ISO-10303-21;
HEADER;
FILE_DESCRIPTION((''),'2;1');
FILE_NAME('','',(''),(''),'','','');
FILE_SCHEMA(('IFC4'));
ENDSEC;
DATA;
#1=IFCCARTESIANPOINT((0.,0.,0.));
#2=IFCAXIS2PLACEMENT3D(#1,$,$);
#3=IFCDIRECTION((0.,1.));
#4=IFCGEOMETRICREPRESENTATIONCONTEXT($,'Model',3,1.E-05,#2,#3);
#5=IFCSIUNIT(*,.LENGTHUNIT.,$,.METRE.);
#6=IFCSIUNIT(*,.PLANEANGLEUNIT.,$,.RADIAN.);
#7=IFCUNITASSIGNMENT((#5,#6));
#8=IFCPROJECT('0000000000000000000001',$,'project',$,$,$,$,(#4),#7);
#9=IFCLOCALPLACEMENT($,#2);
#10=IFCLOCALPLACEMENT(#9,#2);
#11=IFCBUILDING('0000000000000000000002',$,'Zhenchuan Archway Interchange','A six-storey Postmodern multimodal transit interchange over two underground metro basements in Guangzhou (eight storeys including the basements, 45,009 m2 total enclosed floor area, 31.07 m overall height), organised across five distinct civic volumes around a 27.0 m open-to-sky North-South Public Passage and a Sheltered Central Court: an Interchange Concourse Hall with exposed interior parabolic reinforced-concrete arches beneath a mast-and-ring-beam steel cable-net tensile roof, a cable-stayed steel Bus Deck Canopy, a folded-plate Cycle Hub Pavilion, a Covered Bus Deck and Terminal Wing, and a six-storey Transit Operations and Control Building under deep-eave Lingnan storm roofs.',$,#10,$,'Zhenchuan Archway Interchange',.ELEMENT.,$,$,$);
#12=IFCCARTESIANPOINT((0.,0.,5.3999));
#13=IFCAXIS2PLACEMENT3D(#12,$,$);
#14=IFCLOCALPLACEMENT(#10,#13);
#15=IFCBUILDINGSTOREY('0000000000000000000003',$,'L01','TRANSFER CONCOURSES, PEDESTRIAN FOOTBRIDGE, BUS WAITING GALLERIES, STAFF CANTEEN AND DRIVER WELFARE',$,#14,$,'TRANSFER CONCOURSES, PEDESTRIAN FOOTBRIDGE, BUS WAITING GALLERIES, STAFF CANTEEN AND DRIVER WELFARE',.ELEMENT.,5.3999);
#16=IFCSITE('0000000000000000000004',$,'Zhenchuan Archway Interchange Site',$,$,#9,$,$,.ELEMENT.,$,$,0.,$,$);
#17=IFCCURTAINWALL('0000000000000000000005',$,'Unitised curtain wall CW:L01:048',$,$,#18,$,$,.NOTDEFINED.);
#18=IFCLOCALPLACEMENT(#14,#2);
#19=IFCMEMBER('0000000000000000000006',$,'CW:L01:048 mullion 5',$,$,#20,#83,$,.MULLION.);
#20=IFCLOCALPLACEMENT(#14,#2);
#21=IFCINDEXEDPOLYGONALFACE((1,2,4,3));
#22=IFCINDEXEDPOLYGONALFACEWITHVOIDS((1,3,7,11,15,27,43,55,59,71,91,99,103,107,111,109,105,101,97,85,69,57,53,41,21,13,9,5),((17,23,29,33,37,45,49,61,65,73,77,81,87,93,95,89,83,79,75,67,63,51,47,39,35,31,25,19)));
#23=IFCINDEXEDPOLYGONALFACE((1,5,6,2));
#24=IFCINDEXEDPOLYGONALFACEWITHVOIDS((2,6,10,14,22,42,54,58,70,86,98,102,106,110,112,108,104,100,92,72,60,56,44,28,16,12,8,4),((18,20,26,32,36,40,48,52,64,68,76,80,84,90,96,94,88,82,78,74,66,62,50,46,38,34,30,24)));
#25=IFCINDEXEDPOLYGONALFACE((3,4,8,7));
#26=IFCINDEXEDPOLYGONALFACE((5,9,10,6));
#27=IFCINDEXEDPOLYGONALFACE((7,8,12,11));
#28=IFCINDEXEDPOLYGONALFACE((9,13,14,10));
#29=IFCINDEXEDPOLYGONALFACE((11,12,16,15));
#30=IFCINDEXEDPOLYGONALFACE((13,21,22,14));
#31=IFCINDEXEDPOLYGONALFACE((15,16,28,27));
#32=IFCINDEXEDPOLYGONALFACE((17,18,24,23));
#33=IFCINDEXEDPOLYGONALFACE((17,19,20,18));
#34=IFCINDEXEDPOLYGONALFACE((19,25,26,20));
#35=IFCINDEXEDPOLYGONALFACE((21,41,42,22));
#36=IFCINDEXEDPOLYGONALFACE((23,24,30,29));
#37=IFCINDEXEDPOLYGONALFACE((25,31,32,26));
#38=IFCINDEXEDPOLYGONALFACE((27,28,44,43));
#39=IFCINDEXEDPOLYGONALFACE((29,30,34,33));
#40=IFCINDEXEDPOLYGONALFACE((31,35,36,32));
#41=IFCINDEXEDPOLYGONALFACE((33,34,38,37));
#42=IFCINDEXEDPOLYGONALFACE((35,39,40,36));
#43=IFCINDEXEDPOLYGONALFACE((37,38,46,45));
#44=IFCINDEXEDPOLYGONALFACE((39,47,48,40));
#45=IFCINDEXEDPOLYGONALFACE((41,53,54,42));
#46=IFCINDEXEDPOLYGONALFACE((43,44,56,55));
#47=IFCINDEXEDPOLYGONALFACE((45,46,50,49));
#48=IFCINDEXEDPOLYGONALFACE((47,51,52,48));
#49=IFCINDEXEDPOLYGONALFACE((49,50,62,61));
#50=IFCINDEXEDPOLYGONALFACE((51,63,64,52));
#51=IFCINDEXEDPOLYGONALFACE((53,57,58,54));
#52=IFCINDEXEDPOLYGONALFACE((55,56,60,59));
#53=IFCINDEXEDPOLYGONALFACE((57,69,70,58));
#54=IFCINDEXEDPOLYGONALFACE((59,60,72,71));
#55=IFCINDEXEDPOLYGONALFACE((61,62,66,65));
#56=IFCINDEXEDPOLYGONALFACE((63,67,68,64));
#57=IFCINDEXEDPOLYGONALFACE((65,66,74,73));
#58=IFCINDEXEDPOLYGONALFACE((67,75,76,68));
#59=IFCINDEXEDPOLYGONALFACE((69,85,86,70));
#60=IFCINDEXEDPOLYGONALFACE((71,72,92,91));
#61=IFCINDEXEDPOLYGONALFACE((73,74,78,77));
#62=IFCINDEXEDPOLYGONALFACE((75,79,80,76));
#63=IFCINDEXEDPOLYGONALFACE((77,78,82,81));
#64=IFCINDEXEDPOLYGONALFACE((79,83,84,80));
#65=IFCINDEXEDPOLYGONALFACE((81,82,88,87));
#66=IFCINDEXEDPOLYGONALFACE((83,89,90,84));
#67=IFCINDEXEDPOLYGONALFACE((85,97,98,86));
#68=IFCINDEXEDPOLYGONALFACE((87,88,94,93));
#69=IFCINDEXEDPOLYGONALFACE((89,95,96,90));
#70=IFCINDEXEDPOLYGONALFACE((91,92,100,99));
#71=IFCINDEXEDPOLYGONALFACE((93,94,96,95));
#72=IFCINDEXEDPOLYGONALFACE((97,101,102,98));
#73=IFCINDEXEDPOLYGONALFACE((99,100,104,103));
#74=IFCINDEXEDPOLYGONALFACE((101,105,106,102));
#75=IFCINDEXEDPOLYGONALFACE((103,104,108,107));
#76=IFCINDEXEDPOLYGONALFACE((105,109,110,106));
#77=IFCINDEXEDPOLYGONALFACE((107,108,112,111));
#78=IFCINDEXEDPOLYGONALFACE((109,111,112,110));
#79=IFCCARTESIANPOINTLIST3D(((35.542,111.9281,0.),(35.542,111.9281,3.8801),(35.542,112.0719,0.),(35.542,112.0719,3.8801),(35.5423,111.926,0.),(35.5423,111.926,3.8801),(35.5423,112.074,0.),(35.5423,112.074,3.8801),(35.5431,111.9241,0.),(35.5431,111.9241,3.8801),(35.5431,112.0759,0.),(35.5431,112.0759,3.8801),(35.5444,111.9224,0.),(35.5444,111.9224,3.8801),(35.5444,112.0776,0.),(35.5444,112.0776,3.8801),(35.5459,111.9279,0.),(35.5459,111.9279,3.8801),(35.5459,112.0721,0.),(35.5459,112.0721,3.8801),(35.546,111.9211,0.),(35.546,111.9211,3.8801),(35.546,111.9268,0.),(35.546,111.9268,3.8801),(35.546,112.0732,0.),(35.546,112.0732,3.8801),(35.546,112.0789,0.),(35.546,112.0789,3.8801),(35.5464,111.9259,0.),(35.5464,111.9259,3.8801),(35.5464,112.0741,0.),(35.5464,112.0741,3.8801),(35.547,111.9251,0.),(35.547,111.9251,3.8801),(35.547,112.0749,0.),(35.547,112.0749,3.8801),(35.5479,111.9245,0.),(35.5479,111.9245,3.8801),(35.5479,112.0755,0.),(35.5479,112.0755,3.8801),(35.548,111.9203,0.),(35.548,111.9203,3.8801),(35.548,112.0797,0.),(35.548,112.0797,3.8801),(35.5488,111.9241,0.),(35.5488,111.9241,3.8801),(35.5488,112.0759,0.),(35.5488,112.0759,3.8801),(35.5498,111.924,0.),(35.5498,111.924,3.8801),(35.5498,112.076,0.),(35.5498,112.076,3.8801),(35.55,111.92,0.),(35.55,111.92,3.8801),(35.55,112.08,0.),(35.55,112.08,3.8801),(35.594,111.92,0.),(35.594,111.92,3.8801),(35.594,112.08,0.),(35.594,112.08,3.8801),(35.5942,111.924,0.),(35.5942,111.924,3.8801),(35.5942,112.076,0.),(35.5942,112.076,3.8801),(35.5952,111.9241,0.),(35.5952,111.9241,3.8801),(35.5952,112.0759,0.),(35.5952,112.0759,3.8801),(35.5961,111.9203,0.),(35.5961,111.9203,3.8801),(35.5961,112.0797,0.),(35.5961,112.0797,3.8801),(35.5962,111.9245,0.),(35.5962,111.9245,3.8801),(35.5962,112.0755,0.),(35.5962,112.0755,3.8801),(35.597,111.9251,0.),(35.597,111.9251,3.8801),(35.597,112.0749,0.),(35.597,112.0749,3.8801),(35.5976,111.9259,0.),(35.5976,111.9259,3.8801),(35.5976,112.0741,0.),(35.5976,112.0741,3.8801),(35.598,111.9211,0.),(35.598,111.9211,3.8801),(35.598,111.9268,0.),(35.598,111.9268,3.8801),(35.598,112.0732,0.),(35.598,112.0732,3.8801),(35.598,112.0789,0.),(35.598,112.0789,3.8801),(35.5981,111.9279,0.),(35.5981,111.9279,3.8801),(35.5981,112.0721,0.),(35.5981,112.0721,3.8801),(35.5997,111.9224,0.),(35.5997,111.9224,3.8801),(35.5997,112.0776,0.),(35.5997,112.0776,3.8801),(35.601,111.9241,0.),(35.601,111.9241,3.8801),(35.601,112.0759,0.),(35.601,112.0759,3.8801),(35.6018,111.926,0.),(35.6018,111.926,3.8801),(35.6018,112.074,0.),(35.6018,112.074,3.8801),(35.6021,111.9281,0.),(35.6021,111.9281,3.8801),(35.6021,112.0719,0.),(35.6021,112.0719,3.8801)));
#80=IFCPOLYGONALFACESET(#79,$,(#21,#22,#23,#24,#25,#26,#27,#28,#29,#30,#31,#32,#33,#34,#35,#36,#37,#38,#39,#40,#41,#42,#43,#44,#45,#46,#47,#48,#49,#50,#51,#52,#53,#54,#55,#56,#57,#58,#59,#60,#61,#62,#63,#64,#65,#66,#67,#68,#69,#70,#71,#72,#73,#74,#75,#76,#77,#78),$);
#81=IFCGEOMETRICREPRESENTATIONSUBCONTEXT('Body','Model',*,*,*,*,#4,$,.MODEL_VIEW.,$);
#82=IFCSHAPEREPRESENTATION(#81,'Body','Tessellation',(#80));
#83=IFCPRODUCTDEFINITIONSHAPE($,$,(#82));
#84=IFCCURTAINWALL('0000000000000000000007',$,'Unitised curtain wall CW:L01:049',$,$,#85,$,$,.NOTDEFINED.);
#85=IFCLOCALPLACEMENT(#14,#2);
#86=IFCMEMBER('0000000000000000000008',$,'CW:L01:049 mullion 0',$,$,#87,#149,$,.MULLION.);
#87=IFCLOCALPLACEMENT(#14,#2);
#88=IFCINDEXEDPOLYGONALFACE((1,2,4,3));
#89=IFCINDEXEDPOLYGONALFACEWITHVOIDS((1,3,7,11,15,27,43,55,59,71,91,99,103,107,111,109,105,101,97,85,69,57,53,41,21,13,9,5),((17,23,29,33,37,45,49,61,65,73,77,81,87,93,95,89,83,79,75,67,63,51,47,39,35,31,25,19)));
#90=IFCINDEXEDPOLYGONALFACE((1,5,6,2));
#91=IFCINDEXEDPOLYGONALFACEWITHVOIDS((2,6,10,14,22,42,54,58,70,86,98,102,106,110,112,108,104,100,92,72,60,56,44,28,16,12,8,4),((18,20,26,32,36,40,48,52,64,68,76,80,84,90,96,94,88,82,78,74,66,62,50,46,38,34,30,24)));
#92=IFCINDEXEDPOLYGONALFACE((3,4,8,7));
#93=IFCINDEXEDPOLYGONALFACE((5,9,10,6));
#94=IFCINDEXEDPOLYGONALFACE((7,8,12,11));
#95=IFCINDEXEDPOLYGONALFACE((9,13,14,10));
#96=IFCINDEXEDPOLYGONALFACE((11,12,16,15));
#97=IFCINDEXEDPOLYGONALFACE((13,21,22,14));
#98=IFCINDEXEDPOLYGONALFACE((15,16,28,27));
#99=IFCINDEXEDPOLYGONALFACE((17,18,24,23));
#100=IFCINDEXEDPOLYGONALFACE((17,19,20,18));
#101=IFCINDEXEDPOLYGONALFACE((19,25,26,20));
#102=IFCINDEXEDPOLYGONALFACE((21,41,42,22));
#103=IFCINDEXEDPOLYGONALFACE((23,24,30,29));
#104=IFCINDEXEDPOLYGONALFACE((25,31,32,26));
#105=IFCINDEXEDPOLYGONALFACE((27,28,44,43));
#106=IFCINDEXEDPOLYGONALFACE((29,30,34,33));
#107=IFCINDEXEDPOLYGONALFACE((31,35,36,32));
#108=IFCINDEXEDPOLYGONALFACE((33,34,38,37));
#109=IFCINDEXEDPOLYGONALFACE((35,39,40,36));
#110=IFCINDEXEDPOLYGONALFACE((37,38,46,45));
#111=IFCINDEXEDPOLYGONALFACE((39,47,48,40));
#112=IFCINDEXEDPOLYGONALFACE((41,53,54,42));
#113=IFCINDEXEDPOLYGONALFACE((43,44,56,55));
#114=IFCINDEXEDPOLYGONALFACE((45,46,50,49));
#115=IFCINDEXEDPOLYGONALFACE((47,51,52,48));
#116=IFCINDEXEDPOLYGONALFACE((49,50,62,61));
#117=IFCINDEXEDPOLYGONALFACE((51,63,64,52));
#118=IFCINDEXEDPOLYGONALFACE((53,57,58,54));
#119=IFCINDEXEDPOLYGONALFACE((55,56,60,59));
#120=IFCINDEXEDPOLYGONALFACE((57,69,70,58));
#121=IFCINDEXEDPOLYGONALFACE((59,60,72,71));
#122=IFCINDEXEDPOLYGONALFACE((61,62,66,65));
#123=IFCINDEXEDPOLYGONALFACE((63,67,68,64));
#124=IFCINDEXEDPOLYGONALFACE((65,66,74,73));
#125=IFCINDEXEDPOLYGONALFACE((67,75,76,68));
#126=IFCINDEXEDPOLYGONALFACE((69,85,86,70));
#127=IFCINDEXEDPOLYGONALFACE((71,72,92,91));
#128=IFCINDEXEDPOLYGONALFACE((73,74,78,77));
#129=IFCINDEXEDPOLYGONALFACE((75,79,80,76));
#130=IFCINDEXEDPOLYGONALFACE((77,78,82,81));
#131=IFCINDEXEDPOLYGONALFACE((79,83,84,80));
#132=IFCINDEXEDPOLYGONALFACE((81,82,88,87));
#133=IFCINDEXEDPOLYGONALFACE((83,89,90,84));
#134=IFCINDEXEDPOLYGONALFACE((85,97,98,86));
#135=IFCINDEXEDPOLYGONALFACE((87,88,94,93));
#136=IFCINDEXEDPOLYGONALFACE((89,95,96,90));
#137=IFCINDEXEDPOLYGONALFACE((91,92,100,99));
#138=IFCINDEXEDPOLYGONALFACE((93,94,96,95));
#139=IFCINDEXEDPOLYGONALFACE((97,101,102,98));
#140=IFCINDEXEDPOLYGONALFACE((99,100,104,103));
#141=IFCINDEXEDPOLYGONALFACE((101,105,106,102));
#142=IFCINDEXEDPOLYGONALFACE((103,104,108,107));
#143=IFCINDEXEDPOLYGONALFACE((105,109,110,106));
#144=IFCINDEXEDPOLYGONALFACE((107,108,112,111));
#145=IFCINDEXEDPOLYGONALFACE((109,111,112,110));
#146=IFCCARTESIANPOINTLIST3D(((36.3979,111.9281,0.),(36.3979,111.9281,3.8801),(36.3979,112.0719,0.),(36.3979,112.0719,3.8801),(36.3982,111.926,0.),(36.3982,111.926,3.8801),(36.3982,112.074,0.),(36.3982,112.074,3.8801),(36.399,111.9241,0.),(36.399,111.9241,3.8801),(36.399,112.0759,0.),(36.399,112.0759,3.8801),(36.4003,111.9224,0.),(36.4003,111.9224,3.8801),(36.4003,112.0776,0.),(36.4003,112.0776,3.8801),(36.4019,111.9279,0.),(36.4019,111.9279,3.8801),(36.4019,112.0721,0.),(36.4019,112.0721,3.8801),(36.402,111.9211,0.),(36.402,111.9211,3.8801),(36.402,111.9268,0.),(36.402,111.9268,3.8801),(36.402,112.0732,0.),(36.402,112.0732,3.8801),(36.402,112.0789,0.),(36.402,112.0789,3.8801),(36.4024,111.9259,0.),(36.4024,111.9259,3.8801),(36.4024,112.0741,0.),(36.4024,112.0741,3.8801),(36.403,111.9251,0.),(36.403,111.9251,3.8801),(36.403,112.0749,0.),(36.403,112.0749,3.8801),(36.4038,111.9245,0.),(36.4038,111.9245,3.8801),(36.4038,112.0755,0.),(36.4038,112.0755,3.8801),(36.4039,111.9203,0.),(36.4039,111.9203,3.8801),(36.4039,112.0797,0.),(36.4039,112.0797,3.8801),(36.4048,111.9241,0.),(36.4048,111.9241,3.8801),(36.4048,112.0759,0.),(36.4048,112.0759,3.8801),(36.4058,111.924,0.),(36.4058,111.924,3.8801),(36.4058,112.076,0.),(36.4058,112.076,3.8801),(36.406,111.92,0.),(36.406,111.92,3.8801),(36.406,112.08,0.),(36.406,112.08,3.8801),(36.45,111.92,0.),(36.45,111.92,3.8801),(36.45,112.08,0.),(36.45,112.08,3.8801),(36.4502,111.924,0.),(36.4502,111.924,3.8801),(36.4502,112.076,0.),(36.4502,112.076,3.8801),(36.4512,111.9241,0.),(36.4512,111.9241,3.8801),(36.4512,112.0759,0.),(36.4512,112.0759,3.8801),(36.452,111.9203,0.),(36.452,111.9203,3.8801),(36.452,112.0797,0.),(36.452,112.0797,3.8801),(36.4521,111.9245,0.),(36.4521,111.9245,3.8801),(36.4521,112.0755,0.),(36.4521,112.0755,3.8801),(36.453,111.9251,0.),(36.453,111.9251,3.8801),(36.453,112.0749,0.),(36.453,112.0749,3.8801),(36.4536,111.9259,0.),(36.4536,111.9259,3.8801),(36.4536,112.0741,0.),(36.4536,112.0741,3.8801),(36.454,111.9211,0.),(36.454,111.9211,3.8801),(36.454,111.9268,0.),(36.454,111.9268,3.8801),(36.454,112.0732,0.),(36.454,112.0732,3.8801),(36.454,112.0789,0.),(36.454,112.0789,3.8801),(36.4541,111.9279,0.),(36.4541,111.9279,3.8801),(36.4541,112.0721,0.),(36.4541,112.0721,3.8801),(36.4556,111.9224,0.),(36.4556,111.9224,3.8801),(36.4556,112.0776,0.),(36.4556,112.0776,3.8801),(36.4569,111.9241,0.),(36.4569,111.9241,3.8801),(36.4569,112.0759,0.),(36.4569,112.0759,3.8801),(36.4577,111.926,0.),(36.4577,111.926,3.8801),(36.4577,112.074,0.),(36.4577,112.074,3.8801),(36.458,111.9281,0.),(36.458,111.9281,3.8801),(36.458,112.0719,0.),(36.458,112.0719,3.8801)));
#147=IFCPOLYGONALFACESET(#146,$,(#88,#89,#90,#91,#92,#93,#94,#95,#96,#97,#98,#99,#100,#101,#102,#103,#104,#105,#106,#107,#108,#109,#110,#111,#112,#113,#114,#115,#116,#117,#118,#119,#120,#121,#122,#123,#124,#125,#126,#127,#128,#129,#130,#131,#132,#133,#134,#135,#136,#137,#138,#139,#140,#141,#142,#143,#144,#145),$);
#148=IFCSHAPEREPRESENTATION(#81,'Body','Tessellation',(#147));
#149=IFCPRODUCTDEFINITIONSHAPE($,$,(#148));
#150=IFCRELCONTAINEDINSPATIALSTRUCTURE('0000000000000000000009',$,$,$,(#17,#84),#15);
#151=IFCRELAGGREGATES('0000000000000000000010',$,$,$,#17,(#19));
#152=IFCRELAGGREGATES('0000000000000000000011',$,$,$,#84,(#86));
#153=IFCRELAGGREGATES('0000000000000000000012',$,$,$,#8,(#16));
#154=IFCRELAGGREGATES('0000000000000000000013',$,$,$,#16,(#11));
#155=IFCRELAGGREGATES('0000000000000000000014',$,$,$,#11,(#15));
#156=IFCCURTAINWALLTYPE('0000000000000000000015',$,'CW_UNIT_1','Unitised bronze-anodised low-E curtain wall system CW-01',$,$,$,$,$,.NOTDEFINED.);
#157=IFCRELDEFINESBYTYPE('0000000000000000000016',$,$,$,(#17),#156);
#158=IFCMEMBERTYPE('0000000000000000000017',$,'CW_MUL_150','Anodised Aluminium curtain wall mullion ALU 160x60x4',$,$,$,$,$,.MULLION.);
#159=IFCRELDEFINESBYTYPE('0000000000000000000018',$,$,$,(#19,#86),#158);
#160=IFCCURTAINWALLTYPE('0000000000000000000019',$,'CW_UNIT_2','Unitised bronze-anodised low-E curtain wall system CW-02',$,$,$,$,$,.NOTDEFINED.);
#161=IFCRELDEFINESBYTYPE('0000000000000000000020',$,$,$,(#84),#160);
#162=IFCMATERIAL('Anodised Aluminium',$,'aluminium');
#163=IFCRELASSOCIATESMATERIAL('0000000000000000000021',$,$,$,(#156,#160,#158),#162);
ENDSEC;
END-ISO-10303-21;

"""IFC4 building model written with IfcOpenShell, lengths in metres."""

from ifc_helpers import new_model, si_unit, direction, frame, origin, origin_2d, place, context, subcontext, project, spatial, hollow_rectangle, extrude, material, material_profile, profile_set, type_object, element, aggregate, save


model = new_model("IFC4")

# Units and contexts
model_context = context("Model", 3, precision=1e-05, world=origin(), true_north=direction((0.0, 1.0)))
body_context = subcontext(model_context, "Body", "Model", "MODEL_VIEW")
ifc_project = project(units=[si_unit("LENGTHUNIT", "METRE"), si_unit("PLANEANGLEUNIT", "RADIAN")], contexts=[model_context])

# Site, building, storey
site_placement = place(None, origin())
site = spatial("IfcSite", under=ifc_project, at=site_placement, Name="Zhenchuan Archway Interchange Site", CompositionType="ELEMENT", RefElevation=0.0)
building_placement = place(site_placement, origin())
building = spatial("IfcBuilding", under=site, at=building_placement, Name="Zhenchuan Archway Interchange", Description="A six-storey Postmodern multimodal transit interchange over two underground metro basements in Guangzhou (eight storeys including the basements, 45,009 m2 total enclosed floor area, 31.07 m overall height), organised across five distinct civic volumes around a 27.0 m open-to-sky North-South Public Passage and a Sheltered Central Court: an Interchange Concourse Hall with exposed interior parabolic reinforced-concrete arches beneath a mast-and-ring-beam steel cable-net tensile roof, a cable-stayed steel Bus Deck Canopy, a folded-plate Cycle Hub Pavilion, a Covered Bus Deck and Terminal Wing, and a six-storey Transit Operations and Control Building under deep-eave Lingnan storm roofs.", LongName="Zhenchuan Archway Interchange", CompositionType="ELEMENT")
storey_placement = place(building_placement, frame((0.0, 0.0, 5.3999)))
storey = spatial("IfcBuildingStorey", under=building, at=storey_placement, Name="L01", Description="TRANSFER CONCOURSES, PEDESTRIAN FOOTBRIDGE, BUS WAITING GALLERIES, STAFF CANTEEN AND DRIVER WELFARE", LongName="TRANSFER CONCOURSES, PEDESTRIAN FOOTBRIDGE, BUS WAITING GALLERIES, STAFF CANTEEN AND DRIVER WELFARE", CompositionType="ELEMENT", Elevation=5.3999)

# Curtain walls, members
ifc_material_1 = material(Name="Anodised Aluminium", Category="aluminium")
curtain_wall_type_1 = type_object("IfcCurtainWallType", Name="CW_UNIT_1", Description="Unitised bronze-anodised low-E curtain wall system CW-01", PredefinedType="NOTDEFINED", material=ifc_material_1)
curtain_wall_1_placement = place(storey_placement, origin())
curtain_wall_1 = element("IfcCurtainWall", 1, at=curtain_wall_1_placement, inside=storey, type_object=curtain_wall_type_1, Name="Unitised curtain wall CW:L01:048", PredefinedType="NOTDEFINED")
ifc_material_profile_1 = material_profile(ifc_material_1, hollow_rectangle(XDim=0.0601, YDim=0.1599, WallThickness=0.0039, InnerFilletRadius=0.0039, OuterFilletRadius=0.0081, at=origin_2d()), Name="ALU 160x60x4")
ifc_profile_set_1 = profile_set([ifc_material_profile_1], Name="Anodised Aluminium")
member_type_1 = type_object("IfcMemberType", Name="CW_MUL_150", Description="Anodised Aluminium curtain wall mullion ALU 160x60x4", PredefinedType="MULLION", material=ifc_profile_set_1)
member_1_placement = place(storey_placement, frame((35.572, 112.0, 0.0), z_axis=(0.0, 0.0, 1.0), x_axis=(1.0, 0.0, 0.0)))
member_1 = element("IfcMember", 2, at=member_1_placement, type_object=member_type_1, Name="CW:L01:048 mullion 5", PredefinedType="MULLION", context=body_context, shape_type="SweptSolid", body=[
    extrude(hollow_rectangle(XDim=0.0601, YDim=0.1599, WallThickness=0.0039, InnerFilletRadius=0.0039, OuterFilletRadius=0.0081, at=origin_2d()), origin(), (0.0, 0.0, 1.0), 3.8801),
])
curtain_wall_type_2 = type_object("IfcCurtainWallType", Name="CW_UNIT_2", Description="Unitised bronze-anodised low-E curtain wall system CW-02", PredefinedType="NOTDEFINED", material=ifc_material_1)
curtain_wall_2_placement = place(storey_placement, origin())
curtain_wall_2 = element("IfcCurtainWall", 3, at=curtain_wall_2_placement, inside=storey, type_object=curtain_wall_type_2, Name="Unitised curtain wall CW:L01:049", PredefinedType="NOTDEFINED")
member_2_placement = place(storey_placement, frame((36.428, 112.0, 0.0), z_axis=(0.0, 0.0, 1.0), x_axis=(1.0, 0.0, 0.0)))
member_2 = element("IfcMember", 4, at=member_2_placement, type_object=member_type_1, Name="CW:L01:049 mullion 0", PredefinedType="MULLION", context=body_context, shape_type="SweptSolid", body=[
    extrude(hollow_rectangle(XDim=0.0601, YDim=0.1599, WallThickness=0.0039, InnerFilletRadius=0.0039, OuterFilletRadius=0.0081, at=origin_2d()), origin(), (0.0, 0.0, 1.0), 3.8801),
])

aggregate(curtain_wall_1, [member_1])
aggregate(curtain_wall_2, [member_2])

save(model, "model.ifc")
